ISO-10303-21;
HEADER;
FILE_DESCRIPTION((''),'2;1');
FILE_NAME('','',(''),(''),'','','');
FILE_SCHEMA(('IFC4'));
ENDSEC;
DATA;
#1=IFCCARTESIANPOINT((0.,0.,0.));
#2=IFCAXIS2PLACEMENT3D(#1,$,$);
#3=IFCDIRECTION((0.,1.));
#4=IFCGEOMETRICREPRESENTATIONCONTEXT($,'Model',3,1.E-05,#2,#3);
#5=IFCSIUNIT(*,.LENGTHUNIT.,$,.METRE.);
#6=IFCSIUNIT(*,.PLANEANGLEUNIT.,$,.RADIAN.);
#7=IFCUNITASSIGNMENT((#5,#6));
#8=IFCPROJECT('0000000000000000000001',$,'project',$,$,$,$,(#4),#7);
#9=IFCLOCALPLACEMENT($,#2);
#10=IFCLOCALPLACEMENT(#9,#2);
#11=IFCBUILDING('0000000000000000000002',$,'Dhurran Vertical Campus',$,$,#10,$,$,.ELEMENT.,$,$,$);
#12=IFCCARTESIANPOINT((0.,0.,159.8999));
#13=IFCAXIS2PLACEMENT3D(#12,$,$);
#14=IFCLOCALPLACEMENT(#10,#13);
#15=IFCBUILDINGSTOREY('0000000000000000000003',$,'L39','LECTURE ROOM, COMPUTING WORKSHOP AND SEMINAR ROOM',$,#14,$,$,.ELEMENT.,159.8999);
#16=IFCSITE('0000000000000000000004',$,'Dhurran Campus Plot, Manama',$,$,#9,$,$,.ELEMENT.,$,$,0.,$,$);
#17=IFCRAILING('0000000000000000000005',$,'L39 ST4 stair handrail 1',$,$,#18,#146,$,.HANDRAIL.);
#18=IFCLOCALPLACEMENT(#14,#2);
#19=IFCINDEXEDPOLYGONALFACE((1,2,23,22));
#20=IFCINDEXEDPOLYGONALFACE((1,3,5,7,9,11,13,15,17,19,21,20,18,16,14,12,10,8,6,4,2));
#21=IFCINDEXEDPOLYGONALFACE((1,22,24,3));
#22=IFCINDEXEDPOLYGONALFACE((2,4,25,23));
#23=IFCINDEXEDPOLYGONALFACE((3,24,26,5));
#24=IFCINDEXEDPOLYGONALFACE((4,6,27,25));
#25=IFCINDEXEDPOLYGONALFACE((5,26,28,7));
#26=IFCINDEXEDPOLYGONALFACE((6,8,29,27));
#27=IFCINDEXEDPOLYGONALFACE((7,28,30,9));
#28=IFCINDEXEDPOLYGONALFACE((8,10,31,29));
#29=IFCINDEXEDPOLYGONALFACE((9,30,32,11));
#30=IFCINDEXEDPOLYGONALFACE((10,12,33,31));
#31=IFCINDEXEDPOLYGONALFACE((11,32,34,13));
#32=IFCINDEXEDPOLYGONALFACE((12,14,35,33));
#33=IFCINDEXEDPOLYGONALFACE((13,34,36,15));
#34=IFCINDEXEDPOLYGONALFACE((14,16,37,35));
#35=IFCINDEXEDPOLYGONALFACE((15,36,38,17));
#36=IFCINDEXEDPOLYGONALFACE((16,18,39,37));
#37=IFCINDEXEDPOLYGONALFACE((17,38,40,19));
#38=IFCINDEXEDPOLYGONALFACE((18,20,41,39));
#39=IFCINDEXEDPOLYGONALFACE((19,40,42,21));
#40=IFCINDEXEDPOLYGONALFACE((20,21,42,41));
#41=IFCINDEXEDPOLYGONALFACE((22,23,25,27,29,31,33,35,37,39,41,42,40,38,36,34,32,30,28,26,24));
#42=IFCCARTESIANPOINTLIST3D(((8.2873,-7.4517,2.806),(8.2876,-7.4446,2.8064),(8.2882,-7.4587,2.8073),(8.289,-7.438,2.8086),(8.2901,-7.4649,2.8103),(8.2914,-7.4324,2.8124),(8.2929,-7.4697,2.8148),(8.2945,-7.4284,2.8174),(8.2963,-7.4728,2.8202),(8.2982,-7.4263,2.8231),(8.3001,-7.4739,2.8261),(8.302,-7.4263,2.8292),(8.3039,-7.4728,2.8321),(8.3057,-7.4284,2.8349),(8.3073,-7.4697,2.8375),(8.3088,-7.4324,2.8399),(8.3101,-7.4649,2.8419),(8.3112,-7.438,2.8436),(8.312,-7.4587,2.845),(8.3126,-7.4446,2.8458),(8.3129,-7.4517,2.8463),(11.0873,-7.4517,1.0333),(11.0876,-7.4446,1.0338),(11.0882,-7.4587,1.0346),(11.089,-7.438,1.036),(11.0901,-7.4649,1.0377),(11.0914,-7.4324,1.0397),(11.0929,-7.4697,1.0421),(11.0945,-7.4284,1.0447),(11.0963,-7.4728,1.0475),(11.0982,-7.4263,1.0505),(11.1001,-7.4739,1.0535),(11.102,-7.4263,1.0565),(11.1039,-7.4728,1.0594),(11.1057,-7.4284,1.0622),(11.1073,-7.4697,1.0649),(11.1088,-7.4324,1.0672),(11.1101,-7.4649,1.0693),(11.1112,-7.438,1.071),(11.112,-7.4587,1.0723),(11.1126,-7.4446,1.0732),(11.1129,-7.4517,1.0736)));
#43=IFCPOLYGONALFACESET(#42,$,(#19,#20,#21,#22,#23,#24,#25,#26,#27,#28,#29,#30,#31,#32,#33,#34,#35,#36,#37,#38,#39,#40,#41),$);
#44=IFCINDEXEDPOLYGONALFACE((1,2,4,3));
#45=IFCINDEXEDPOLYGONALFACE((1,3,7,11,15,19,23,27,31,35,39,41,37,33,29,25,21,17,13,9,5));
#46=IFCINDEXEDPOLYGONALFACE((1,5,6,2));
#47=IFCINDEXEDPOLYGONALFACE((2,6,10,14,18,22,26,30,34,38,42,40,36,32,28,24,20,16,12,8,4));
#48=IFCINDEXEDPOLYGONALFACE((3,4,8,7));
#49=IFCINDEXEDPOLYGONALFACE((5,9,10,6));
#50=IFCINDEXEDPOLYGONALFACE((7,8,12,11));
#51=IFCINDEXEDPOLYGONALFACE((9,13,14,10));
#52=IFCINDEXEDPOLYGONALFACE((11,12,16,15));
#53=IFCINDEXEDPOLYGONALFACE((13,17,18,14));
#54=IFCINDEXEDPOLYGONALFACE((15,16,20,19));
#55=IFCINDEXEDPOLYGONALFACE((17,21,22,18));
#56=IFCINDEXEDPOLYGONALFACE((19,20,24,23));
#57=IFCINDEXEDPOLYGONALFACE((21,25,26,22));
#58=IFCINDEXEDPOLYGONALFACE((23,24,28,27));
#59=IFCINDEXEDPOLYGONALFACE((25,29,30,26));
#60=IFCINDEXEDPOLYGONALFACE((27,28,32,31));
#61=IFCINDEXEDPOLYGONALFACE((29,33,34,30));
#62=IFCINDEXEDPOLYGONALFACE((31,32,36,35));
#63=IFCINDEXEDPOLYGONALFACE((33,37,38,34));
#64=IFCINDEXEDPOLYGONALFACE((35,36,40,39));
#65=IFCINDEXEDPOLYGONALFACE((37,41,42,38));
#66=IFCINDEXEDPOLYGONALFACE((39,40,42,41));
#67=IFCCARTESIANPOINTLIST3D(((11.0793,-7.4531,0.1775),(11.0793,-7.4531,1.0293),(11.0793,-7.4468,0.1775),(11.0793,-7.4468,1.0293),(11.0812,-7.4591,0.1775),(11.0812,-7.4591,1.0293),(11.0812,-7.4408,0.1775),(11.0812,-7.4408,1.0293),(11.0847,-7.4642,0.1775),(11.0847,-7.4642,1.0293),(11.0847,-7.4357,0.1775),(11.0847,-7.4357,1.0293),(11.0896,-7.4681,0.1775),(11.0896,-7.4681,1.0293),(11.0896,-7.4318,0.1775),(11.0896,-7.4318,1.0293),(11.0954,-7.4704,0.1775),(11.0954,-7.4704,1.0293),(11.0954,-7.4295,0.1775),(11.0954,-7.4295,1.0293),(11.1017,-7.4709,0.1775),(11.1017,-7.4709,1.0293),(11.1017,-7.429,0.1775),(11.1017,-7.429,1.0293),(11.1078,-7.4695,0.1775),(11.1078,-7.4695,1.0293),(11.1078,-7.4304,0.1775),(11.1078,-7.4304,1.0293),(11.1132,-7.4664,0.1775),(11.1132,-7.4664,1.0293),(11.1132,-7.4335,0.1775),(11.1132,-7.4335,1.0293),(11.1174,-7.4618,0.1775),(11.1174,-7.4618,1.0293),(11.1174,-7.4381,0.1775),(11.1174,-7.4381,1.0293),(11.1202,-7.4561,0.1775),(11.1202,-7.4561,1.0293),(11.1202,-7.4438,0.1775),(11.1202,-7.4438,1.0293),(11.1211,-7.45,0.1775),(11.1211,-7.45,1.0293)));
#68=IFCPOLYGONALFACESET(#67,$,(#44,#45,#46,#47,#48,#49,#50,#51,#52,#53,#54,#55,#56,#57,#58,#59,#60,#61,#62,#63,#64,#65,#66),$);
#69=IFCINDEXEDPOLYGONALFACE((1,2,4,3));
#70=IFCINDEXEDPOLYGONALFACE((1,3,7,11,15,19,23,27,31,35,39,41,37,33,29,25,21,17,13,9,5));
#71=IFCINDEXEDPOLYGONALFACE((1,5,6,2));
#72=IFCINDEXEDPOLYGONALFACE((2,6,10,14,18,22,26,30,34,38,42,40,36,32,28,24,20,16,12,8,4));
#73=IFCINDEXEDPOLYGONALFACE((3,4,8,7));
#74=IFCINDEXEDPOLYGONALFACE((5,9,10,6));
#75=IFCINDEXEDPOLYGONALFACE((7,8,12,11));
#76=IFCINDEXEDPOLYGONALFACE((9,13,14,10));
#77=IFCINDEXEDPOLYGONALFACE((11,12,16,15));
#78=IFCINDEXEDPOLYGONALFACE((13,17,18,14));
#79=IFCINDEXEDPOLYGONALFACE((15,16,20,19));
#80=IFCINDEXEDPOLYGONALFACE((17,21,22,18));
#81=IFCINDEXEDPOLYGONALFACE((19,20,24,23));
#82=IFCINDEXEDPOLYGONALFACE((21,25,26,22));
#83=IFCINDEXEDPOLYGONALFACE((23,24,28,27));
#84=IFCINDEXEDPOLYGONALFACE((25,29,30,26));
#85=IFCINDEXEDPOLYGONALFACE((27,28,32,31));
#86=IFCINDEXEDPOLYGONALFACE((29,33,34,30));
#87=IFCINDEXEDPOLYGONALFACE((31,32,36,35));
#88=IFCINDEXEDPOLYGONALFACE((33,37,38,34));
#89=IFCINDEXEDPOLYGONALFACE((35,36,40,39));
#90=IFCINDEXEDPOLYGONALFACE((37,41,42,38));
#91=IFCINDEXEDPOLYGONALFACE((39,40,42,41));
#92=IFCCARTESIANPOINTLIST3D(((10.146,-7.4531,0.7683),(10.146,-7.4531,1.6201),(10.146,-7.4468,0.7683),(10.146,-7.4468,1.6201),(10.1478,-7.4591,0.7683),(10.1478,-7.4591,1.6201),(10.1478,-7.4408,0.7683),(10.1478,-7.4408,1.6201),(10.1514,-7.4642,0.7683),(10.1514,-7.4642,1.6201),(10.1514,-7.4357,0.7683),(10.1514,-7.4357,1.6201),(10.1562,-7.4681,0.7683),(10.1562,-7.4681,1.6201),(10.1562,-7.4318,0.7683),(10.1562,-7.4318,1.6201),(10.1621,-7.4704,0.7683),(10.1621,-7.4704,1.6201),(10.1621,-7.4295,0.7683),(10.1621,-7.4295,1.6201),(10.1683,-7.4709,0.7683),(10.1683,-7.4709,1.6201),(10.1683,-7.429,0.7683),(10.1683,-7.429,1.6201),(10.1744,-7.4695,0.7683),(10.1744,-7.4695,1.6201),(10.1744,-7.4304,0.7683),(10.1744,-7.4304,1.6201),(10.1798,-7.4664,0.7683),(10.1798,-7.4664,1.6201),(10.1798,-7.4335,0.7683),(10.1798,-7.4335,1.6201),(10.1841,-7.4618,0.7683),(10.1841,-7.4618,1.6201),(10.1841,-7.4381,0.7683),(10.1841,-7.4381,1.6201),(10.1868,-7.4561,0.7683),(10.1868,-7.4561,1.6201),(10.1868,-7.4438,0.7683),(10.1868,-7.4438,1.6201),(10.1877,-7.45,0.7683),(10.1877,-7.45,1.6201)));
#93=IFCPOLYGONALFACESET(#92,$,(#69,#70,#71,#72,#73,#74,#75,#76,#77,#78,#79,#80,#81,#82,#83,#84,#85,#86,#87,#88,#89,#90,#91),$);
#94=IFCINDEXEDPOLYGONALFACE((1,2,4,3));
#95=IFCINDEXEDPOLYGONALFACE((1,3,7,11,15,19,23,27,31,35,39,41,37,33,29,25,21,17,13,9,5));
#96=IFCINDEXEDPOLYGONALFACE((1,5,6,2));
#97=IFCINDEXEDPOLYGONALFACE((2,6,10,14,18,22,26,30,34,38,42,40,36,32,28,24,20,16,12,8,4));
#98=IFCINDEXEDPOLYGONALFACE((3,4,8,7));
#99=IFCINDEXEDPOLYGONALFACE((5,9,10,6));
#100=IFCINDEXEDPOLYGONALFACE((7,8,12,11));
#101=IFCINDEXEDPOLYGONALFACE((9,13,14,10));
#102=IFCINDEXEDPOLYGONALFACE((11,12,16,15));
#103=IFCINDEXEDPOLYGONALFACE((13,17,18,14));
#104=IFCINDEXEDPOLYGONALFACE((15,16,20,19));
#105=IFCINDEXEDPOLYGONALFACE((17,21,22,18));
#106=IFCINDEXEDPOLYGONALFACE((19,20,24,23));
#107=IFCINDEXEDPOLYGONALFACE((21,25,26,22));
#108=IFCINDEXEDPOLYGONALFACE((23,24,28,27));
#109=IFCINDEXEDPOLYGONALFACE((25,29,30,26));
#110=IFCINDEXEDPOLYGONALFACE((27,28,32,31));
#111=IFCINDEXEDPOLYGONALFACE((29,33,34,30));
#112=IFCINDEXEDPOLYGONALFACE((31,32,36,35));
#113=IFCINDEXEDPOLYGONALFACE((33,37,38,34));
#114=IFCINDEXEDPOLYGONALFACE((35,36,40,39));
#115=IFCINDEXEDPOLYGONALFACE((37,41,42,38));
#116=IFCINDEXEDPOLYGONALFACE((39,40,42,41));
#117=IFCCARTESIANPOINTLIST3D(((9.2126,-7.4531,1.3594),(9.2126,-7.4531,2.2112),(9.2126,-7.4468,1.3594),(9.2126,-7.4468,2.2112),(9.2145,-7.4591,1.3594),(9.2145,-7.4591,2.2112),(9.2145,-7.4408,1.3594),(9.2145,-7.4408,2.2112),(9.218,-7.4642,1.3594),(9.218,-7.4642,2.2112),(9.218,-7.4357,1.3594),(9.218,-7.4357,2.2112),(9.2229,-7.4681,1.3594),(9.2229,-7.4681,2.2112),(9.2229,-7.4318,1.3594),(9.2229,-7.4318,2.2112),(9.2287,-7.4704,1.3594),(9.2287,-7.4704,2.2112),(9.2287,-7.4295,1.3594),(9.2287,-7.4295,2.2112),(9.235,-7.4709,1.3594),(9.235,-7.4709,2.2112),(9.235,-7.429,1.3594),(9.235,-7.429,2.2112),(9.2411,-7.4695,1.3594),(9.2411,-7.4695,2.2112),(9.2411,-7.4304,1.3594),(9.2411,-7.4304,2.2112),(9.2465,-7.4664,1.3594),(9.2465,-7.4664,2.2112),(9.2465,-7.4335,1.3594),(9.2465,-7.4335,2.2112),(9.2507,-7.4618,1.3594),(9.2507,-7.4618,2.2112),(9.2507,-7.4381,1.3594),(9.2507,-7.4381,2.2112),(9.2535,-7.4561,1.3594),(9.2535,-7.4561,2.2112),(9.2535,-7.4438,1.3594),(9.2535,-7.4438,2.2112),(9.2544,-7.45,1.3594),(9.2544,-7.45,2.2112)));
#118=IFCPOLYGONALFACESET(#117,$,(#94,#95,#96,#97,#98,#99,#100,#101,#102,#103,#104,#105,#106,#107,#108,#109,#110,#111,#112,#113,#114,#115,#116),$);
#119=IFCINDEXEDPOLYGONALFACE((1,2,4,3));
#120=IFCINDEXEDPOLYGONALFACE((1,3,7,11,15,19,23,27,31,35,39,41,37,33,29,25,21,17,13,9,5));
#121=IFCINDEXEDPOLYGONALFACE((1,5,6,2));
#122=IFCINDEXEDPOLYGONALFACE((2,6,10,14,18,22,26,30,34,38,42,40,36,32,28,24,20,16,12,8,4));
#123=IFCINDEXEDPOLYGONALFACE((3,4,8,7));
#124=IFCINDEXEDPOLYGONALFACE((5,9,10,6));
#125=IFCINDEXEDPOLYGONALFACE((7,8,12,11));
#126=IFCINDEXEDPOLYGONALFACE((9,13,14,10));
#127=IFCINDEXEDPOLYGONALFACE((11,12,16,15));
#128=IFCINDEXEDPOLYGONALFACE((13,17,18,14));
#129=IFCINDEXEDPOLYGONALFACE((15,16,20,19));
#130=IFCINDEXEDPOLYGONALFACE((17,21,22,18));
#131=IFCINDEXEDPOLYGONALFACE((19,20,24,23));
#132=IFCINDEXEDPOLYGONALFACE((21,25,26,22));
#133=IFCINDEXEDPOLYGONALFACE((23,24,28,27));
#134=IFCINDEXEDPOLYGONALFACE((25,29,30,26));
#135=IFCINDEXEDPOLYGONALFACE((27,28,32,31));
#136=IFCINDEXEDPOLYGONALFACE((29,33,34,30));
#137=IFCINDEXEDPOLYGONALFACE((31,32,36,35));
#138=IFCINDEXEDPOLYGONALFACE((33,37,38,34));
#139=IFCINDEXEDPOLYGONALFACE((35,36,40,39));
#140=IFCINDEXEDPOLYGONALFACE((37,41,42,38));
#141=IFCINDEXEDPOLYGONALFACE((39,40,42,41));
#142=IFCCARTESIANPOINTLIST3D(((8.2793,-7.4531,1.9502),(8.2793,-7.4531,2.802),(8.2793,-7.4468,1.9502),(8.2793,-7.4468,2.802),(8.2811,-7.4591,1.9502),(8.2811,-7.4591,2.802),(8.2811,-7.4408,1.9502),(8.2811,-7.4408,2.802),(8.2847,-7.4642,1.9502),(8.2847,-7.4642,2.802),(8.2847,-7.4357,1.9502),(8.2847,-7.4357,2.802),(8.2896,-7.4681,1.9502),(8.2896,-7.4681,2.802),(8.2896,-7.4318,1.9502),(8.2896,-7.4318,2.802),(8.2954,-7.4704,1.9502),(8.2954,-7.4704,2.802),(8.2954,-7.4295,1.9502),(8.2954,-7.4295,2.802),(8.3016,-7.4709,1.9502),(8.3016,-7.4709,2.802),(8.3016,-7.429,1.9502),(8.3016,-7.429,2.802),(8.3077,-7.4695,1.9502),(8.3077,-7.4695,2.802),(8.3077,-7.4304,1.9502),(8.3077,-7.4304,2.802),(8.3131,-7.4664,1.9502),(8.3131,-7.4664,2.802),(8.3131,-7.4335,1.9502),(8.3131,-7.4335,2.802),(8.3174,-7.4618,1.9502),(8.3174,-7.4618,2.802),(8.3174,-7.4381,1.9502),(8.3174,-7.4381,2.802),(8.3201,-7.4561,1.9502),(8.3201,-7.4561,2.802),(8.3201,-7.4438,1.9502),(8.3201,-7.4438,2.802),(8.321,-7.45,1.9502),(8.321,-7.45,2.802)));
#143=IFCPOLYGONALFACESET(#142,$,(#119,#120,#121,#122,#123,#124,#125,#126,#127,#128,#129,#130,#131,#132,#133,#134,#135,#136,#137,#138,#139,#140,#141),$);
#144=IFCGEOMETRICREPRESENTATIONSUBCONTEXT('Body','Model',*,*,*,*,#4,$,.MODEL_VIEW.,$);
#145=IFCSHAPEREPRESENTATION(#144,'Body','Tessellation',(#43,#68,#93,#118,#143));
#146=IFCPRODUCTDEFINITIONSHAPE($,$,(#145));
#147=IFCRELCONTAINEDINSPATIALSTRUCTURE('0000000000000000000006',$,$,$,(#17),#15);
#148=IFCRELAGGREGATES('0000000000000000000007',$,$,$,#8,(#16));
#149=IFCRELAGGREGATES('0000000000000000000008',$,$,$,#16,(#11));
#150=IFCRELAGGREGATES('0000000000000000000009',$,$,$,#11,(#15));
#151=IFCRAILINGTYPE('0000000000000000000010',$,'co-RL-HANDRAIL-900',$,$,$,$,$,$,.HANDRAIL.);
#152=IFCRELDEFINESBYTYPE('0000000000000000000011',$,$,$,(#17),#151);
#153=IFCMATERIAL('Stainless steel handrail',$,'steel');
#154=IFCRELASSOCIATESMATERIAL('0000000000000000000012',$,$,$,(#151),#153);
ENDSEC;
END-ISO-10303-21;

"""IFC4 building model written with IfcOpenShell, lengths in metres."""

from ifc_helpers import new_model, si_unit, direction, frame, origin, origin_2d, place, context, subcontext, project, spatial, circle, extrude, material, type_object, element, save


model = new_model("IFC4")

# Units and contexts
model_context = context("Model", 3, precision=1e-05, world=origin(), true_north=direction((0.0, 1.0)))
body_context = subcontext(model_context, "Body", "Model", "MODEL_VIEW")
ifc_project = project(units=[si_unit("LENGTHUNIT", "METRE"), si_unit("PLANEANGLEUNIT", "RADIAN")], contexts=[model_context])

# Site, building, storey
site_placement = place(None, origin())
site = spatial("IfcSite", under=ifc_project, at=site_placement, Name="Dhurran Campus Plot, Manama", CompositionType="ELEMENT", RefElevation=0.0)
building_placement = place(site_placement, origin())
building = spatial("IfcBuilding", under=site, at=building_placement, Name="Dhurran Vertical Campus", CompositionType="ELEMENT")
storey_placement = place(building_placement, frame((0.0, 0.0, 159.8999)))
storey = spatial("IfcBuildingStorey", under=building, at=storey_placement, Name="L39", Description="LECTURE ROOM, COMPUTING WORKSHOP AND SEMINAR ROOM", CompositionType="ELEMENT", Elevation=159.8999)

# Railing
ifc_material_1 = material(Name="Stainless steel handrail", Category="steel")
railing_type_1 = type_object("IfcRailingType", Name="co-RL-HANDRAIL-900", PredefinedType="HANDRAIL", material=ifc_material_1)
railing_1_placement = place(storey_placement, frame((11.1001, -7.45, 0.1775)))
element("IfcRailing", 1, at=railing_1_placement, inside=storey, type_object=railing_type_1, Name="L39 ST4 stair handrail 1", PredefinedType="HANDRAIL", context=body_context, shape_type="SweptSolid", body=[
    extrude(circle(Radius=0.0239, at=origin_2d()), frame((0.0, 0.0, 0.876), z_axis=(-0.844909, 0.0, 0.53491), x_axis=(0.0, -1.0, 0.0)), (0.0, 0.0, 1.0), 3.314),
    extrude(circle(Radius=0.021, at=origin_2d()), origin(), (0.0, 0.0, 1.0), 0.8518),
    extrude(circle(Radius=0.021, at=origin_2d()), frame((-0.9333, 0.0, 0.5908)), (0.0, 0.0, 1.0), 0.8518),
    extrude(circle(Radius=0.021, at=origin_2d()), frame((-1.8667, 0.0, 1.1819)), (0.0, 0.0, 1.0), 0.8518),
    extrude(circle(Radius=0.021, at=origin_2d()), frame((-2.8, 0.0, 1.7727)), (0.0, 0.0, 1.0), 0.8518),
])

save(model, "model.ifc")
